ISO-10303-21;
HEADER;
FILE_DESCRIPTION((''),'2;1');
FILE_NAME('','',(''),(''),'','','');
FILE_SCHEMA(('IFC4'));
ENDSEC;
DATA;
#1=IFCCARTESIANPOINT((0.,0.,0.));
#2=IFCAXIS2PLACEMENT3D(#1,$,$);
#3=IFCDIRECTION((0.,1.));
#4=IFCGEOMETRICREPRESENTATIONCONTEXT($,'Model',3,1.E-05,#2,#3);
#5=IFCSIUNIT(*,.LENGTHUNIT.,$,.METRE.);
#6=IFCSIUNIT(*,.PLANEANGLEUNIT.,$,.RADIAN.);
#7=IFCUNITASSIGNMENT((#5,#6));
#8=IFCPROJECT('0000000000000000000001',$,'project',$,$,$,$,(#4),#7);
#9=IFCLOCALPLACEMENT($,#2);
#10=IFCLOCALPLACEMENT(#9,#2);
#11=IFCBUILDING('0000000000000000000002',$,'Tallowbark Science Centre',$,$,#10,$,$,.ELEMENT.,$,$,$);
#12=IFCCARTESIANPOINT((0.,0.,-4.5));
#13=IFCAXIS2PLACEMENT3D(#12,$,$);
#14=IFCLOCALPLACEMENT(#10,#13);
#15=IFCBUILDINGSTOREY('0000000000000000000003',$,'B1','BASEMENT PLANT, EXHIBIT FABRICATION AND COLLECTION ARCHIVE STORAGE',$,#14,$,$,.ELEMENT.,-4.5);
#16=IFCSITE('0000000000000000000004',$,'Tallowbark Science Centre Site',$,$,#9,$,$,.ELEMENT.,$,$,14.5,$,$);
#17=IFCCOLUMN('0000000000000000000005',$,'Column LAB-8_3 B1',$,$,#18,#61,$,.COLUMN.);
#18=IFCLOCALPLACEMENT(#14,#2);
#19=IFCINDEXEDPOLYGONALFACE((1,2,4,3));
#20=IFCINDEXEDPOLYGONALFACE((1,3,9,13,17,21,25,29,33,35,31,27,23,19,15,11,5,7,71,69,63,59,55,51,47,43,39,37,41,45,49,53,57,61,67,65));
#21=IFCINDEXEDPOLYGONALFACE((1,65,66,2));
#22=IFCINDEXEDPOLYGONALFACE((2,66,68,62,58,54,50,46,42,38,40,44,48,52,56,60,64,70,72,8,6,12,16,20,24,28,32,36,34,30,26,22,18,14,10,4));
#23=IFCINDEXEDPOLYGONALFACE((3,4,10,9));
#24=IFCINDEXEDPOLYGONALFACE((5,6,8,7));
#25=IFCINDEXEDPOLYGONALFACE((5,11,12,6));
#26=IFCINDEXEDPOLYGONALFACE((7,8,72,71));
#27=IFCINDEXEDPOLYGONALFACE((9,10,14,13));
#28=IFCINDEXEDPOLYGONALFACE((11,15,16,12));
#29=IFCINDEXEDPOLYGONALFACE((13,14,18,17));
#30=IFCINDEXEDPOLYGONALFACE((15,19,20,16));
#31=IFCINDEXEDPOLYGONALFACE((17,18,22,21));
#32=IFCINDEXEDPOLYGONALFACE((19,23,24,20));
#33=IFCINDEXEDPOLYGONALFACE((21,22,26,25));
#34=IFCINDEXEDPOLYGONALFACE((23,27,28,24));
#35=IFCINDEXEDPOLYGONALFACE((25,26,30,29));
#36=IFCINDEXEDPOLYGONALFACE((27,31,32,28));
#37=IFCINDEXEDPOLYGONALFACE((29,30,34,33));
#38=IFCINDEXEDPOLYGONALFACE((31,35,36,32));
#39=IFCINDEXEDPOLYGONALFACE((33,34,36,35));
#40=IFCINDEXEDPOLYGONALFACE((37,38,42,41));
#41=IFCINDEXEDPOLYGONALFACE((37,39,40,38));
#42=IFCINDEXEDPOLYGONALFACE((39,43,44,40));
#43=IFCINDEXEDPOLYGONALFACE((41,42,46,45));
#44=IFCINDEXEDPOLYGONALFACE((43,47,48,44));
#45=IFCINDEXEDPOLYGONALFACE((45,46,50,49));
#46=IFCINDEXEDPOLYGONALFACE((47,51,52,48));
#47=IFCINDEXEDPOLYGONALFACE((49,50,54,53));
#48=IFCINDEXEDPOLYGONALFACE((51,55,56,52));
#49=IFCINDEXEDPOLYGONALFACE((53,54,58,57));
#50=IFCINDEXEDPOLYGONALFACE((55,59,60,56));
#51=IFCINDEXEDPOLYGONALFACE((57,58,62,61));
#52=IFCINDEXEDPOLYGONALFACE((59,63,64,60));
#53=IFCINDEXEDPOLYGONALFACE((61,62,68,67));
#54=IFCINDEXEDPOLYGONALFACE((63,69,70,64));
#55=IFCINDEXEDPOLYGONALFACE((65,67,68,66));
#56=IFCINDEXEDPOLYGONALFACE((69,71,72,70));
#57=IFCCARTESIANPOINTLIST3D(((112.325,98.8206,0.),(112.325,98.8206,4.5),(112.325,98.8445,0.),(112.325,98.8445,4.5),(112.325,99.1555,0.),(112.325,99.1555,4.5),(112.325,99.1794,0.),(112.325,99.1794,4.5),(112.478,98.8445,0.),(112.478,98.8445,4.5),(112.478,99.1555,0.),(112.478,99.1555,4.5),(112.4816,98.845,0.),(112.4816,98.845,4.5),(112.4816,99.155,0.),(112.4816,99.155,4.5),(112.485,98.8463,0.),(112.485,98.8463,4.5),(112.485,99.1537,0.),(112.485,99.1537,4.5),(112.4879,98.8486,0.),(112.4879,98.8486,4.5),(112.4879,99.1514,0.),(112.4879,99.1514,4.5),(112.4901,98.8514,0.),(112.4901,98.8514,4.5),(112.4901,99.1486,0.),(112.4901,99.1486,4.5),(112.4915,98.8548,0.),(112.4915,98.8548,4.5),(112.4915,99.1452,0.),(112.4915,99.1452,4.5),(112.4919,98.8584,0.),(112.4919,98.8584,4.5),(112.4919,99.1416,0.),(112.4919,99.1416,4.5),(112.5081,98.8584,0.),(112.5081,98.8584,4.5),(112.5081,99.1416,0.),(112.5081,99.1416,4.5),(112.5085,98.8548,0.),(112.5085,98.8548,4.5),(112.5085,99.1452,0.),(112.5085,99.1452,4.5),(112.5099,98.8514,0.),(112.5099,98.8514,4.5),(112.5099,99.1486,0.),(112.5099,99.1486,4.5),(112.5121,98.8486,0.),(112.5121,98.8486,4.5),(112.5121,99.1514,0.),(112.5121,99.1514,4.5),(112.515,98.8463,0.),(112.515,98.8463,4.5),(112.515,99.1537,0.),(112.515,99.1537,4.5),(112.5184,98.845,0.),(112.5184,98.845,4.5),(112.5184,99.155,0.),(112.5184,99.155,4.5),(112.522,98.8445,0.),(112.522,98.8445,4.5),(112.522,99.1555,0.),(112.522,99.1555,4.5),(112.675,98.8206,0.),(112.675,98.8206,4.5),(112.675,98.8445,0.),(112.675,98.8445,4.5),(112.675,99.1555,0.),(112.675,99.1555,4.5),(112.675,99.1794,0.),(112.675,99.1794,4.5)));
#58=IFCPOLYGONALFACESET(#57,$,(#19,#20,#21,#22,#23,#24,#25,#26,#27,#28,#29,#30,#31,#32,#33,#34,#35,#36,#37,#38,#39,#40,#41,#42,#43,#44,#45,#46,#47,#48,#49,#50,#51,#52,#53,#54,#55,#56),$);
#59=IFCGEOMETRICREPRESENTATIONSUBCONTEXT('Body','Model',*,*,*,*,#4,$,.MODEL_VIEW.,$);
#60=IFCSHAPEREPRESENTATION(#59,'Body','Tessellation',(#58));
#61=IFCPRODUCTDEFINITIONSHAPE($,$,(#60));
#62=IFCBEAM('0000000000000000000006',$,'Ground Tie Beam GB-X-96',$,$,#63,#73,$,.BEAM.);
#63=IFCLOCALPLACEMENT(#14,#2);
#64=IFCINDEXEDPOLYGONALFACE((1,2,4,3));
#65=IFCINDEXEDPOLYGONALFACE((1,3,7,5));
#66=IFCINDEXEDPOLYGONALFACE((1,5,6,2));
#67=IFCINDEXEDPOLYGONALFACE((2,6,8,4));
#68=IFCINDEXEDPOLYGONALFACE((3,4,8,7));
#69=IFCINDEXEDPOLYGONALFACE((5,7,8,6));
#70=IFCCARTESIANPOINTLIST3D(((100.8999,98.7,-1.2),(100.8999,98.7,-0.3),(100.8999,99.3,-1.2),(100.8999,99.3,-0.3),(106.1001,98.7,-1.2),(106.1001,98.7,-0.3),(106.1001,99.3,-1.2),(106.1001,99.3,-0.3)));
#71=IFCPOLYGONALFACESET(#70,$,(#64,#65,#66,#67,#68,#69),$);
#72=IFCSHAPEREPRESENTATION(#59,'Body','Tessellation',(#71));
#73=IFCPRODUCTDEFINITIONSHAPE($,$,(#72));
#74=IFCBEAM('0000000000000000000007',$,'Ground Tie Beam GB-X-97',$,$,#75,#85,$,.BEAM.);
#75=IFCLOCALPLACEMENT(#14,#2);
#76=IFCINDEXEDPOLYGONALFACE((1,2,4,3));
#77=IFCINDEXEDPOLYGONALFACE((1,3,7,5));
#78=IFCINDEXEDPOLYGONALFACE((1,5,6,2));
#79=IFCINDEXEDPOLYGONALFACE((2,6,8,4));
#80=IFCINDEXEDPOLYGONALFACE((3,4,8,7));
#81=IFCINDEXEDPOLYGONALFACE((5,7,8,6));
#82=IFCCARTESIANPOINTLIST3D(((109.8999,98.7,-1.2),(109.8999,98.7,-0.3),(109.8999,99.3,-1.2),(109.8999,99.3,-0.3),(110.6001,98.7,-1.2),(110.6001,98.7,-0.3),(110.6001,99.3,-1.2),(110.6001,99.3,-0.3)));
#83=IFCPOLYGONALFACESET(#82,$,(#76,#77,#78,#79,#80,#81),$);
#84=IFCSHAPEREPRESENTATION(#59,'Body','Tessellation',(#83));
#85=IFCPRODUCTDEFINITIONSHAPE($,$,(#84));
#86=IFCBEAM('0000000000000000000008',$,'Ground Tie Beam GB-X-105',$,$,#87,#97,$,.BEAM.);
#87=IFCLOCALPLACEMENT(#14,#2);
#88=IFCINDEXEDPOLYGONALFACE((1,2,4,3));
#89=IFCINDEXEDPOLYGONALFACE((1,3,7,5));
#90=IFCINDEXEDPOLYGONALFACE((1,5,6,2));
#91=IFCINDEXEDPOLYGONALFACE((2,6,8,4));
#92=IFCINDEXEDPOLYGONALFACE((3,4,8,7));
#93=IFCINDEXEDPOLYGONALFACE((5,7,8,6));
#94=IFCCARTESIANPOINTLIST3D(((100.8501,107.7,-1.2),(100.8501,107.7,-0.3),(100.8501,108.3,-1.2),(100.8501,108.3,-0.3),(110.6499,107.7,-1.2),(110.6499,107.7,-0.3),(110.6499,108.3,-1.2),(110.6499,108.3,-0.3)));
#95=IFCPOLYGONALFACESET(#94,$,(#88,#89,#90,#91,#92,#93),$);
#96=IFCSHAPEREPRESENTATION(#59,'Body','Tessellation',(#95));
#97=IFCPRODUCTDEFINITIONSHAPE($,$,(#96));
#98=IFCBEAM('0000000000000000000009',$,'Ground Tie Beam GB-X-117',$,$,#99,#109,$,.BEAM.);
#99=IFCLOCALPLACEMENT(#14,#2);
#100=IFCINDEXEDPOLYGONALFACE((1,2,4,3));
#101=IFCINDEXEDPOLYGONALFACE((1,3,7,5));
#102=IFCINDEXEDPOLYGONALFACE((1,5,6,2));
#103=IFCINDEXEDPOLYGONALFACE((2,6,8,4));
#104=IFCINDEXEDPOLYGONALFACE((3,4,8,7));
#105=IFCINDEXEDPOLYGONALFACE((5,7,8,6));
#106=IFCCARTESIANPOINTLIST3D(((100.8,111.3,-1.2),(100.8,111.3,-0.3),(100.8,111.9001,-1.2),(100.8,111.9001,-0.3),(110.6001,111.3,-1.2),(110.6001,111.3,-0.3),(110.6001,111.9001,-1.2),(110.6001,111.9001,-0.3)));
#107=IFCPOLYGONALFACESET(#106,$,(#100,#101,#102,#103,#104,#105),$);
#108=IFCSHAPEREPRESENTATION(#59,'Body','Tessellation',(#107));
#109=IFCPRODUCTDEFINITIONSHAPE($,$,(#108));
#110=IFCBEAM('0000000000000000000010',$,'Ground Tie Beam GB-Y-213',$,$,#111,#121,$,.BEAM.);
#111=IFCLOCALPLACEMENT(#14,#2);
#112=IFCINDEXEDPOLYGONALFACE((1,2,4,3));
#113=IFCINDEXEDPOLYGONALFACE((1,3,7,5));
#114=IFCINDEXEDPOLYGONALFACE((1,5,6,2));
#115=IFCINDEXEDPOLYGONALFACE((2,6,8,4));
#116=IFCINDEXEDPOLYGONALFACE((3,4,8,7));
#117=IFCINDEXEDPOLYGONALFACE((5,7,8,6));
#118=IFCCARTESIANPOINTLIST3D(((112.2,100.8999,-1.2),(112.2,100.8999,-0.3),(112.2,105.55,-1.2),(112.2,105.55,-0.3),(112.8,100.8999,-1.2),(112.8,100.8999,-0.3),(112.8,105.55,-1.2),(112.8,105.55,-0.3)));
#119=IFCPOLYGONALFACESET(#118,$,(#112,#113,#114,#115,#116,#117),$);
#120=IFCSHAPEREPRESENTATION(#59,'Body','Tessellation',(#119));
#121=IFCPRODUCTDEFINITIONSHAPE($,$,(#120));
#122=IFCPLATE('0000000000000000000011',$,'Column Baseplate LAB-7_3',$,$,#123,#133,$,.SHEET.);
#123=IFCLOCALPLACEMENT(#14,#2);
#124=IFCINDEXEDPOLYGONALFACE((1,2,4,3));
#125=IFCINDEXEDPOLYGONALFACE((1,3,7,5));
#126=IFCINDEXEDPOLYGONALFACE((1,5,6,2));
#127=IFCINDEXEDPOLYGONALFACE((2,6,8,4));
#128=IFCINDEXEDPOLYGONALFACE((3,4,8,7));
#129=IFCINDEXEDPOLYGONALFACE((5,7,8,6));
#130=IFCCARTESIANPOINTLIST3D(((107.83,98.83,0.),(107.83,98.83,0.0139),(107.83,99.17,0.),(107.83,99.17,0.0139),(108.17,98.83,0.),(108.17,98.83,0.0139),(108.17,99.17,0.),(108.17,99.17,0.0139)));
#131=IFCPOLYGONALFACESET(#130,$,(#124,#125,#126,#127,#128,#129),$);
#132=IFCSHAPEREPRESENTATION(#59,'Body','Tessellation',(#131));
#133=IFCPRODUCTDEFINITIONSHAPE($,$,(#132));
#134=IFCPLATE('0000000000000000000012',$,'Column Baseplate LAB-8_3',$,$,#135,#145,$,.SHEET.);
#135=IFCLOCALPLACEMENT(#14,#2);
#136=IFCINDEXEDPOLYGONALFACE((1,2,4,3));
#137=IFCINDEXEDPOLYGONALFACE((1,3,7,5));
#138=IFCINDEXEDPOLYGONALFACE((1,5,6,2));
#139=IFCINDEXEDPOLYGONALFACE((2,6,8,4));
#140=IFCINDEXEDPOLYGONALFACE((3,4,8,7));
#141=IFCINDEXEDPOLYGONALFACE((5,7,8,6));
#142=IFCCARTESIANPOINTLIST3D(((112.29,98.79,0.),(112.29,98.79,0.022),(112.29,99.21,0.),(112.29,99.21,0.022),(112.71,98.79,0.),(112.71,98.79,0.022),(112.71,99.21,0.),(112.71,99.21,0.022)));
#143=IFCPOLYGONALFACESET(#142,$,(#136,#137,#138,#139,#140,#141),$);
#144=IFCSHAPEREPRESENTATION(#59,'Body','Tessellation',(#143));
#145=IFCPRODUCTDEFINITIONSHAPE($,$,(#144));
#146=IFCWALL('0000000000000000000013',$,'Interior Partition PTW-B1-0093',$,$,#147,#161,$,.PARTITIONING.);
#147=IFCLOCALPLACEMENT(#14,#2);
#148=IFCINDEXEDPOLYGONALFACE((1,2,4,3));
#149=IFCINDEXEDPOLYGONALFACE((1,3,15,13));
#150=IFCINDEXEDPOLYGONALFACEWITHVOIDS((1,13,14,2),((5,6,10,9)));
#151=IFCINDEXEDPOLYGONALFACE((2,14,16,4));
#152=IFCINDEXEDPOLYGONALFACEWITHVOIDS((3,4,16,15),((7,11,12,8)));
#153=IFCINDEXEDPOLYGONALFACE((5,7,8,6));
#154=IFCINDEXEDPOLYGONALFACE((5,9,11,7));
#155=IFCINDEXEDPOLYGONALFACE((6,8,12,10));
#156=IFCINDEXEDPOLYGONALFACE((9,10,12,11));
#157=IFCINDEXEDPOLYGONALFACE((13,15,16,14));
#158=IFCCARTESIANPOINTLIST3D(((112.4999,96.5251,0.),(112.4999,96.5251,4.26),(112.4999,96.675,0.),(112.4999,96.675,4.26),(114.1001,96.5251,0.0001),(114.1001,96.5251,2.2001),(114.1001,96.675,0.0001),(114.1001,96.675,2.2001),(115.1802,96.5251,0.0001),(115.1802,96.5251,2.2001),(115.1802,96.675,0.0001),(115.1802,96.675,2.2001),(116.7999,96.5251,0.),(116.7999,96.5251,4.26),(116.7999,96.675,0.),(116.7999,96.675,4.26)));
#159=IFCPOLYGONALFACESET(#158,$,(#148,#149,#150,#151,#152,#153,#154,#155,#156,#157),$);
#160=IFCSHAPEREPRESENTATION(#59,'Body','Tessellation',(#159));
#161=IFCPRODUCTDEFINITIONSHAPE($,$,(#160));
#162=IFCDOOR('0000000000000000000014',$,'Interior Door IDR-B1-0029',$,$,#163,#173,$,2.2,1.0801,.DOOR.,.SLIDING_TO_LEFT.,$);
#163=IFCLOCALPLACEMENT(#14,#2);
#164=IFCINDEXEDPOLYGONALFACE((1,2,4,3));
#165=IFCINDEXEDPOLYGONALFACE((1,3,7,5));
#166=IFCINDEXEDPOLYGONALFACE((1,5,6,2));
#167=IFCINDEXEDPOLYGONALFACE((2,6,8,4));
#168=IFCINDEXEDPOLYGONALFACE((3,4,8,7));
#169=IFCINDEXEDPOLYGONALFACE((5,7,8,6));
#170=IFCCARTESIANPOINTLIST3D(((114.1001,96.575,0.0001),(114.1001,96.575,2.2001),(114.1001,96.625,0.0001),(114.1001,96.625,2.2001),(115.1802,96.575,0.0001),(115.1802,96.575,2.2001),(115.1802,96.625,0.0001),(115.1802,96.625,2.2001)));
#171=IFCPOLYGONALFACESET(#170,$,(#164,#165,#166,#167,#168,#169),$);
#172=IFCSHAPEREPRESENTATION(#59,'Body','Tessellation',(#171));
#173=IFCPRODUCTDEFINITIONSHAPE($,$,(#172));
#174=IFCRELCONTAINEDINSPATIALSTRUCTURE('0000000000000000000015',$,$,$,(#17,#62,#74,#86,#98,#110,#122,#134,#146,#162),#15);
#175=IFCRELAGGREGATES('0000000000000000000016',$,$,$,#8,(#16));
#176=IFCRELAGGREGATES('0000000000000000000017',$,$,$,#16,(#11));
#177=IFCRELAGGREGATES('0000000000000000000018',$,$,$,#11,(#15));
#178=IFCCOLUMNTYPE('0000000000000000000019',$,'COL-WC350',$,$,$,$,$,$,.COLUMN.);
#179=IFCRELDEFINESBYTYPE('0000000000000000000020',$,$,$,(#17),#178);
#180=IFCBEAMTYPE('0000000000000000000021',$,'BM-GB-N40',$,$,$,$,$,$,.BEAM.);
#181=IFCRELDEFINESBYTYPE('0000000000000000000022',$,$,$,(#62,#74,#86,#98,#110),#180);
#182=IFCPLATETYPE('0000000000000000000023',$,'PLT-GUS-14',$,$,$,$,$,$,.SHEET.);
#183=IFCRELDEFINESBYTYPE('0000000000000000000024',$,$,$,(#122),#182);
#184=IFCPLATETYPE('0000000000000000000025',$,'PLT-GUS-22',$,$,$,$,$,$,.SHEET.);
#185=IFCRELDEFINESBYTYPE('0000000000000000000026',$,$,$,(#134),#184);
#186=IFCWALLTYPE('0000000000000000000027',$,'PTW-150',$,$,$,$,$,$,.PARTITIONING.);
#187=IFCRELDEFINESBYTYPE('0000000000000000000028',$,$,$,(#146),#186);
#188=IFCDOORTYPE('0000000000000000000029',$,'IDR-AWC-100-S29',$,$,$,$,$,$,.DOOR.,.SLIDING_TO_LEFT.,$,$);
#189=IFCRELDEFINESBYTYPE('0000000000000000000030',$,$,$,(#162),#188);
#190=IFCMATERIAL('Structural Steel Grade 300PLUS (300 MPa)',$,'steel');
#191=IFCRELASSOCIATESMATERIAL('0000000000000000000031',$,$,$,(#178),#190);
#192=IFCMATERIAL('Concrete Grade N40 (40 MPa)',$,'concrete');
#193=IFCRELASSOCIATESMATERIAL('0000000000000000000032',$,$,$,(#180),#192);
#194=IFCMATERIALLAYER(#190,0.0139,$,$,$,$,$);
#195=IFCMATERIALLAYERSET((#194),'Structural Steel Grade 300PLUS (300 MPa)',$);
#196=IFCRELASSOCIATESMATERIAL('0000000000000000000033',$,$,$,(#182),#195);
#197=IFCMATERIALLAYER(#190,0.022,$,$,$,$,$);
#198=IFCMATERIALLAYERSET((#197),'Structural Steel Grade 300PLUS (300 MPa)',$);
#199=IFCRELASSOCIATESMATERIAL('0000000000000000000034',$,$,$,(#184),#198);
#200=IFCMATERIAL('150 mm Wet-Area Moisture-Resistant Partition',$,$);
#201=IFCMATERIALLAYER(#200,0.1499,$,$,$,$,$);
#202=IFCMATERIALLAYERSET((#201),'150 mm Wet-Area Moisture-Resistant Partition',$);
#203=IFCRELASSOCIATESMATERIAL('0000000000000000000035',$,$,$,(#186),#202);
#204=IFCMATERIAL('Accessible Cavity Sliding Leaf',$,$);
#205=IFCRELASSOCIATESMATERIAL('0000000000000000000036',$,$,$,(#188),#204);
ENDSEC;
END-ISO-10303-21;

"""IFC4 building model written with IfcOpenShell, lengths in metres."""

from ifc_helpers import new_model, si_unit, direction, frame, frame_2d, origin, origin_2d, place, context, subcontext, project, spatial, rectangle, i_section, extrude, material, layer, layer_set, material_profile, profile_set, type_object, element, fill, save


model = new_model("IFC4")

# Units and contexts
model_context = context("Model", 3, precision=1e-05, world=origin(), true_north=direction((0.0, 1.0)))
body_context = subcontext(model_context, "Body", "Model", "MODEL_VIEW")
ifc_project = project(units=[si_unit("LENGTHUNIT", "METRE"), si_unit("PLANEANGLEUNIT", "RADIAN")], contexts=[model_context])

# Site, building, storey
site_placement = place(None, origin())
site = spatial("IfcSite", under=ifc_project, at=site_placement, Name="Tallowbark Science Centre Site", CompositionType="ELEMENT", RefElevation=14.5)
building_placement = place(site_placement, origin())
building = spatial("IfcBuilding", under=site, at=building_placement, Name="Tallowbark Science Centre", CompositionType="ELEMENT")
storey_placement = place(building_placement, frame((0.0, 0.0, -4.5)))
storey = spatial("IfcBuildingStorey", under=building, at=storey_placement, Name="B1", Description="BASEMENT PLANT, EXHIBIT FABRICATION AND COLLECTION ARCHIVE STORAGE", CompositionType="ELEMENT", Elevation=-4.5)

# Shared definitions
ifc_material_1 = material(Name="Concrete Grade N40 (40 MPa)", Category="concrete")

# Column
ifc_material_2 = material(Name="Structural Steel Grade 300PLUS (300 MPa)", Category="steel")
ifc_material_profile_1 = material_profile(ifc_material_2, i_section(OverallWidth=0.3501, OverallDepth=0.3589, WebThickness=0.0161, FlangeThickness=0.0239, FilletRadius=0.0139, at=origin_2d()), Name="350WC197")
ifc_profile_set_1 = profile_set([ifc_material_profile_1], Name="Structural Steel Grade 300PLUS (300 MPa)")
column_type = type_object("IfcColumnType", Name="COL-WC350", PredefinedType="COLUMN", material=ifc_profile_set_1)
for number, where, z_axis, x_axis, name in (
    (1, (112.5, 99.0, 0.0), (0.0, 0.0, 1.0), (1.0, 0.0, 0.0), "Column LAB-8_3 B1"),
):
    element("IfcColumn", number, at=place(storey_placement, frame(where, z_axis=z_axis, x_axis=x_axis)), inside=storey, type_object=column_type, Name=name, PredefinedType="COLUMN", context=body_context, shape_type="SweptSolid", body=[
        extrude(i_section(OverallWidth=0.3501, OverallDepth=0.3589, WebThickness=0.0161, FlangeThickness=0.0239, FilletRadius=0.0139, at=origin_2d()), origin(), (0.0, 0.0, 1.0), 4.5),
    ])

# Beams
ifc_material_profile_2 = material_profile(ifc_material_1, rectangle(XDim=0.6001, YDim=0.8999, at=origin_2d()), Name="RC600x900")
ifc_profile_set_2 = profile_set([ifc_material_profile_2], Name="Concrete Grade N40 (40 MPa)")
beam_type = type_object("IfcBeamType", Name="BM-GB-N40", PredefinedType="BEAM", material=ifc_profile_set_2)
beam_1_placement = place(storey_placement, frame((100.8999, 99.0, -0.75), z_axis=(1.0, 0.0, 0.0), x_axis=(0.0, 1.0, 0.0)))
element("IfcBeam", 2, at=beam_1_placement, inside=storey, type_object=beam_type, Name="Ground Tie Beam GB-X-96", PredefinedType="BEAM", context=body_context, shape_type="SweptSolid", body=[
    extrude(rectangle(XDim=0.6001, YDim=0.8999, at=origin_2d()), origin(), (0.0, 0.0, 1.0), 5.2002),
])
beam_2_placement = place(storey_placement, frame((109.8999, 99.0, -0.75), z_axis=(1.0, 0.0, 0.0), x_axis=(0.0, 1.0, 0.0)))
element("IfcBeam", 3, at=beam_2_placement, inside=storey, type_object=beam_type, Name="Ground Tie Beam GB-X-97", PredefinedType="BEAM", context=body_context, shape_type="SweptSolid", body=[
    extrude(rectangle(XDim=0.6001, YDim=0.8999, at=origin_2d()), origin(), (0.0, 0.0, 1.0), 0.7002),
])
beam_3_placement = place(storey_placement, frame((100.8501, 108.0, -0.75), z_axis=(1.0, 0.0, 0.0), x_axis=(0.0, 1.0, 0.0)))
element("IfcBeam", 4, at=beam_3_placement, inside=storey, type_object=beam_type, Name="Ground Tie Beam GB-X-105", PredefinedType="BEAM", context=body_context, shape_type="SweptSolid", body=[
    extrude(rectangle(XDim=0.6001, YDim=0.8999, at=origin_2d()), origin(), (0.0, 0.0, 1.0), 9.7998),
])
beam_4_placement = place(storey_placement, frame((100.8, 111.6001, -0.75), z_axis=(1.0, 0.0, 0.0), x_axis=(0.0, 1.0, 0.0)))
element("IfcBeam", 5, at=beam_4_placement, inside=storey, type_object=beam_type, Name="Ground Tie Beam GB-X-117", PredefinedType="BEAM", context=body_context, shape_type="SweptSolid", body=[
    extrude(rectangle(XDim=0.6001, YDim=0.8999, at=origin_2d()), origin(), (0.0, 0.0, 1.0), 9.8),
])
beam_5_placement = place(storey_placement, frame((112.5, 100.8999, -0.75), z_axis=(0.0, 1.0, 0.0), x_axis=(-1.0, 0.0, 0.0)))
element("IfcBeam", 6, at=beam_5_placement, inside=storey, type_object=beam_type, Name="Ground Tie Beam GB-Y-213", PredefinedType="BEAM", context=body_context, shape_type="SweptSolid", body=[
    extrude(rectangle(XDim=0.6001, YDim=0.8999, at=origin_2d()), origin(), (0.0, 0.0, 1.0), 4.6501),
])

# Plates
ifc_layer_1 = layer(ifc_material_2, 0.0139)
ifc_layer_set_1 = layer_set([ifc_layer_1], Name="Structural Steel Grade 300PLUS (300 MPa)")
plate_type_1 = type_object("IfcPlateType", Name="PLT-GUS-14", PredefinedType="SHEET", material=ifc_layer_set_1)
plate_1_placement = place(storey_placement, frame((108.0, 99.0, 0.0), z_axis=(0.0, 0.0, 1.0), x_axis=(1.0, 0.0, 0.0)))
element("IfcPlate", 7, at=plate_1_placement, inside=storey, type_object=plate_type_1, Name="Column Baseplate LAB-7_3", PredefinedType="SHEET", context=body_context, shape_type="SweptSolid", body=[
    extrude(rectangle(XDim=0.3401, YDim=0.3401, at=origin_2d()), origin(), (0.0, 0.0, 1.0), 0.0139),
])
ifc_layer_2 = layer(ifc_material_2, 0.022)
ifc_layer_set_2 = layer_set([ifc_layer_2], Name="Structural Steel Grade 300PLUS (300 MPa)")
plate_type_2 = type_object("IfcPlateType", Name="PLT-GUS-22", PredefinedType="SHEET", material=ifc_layer_set_2)
plate_2_placement = place(storey_placement, frame((112.5, 99.0, 0.0), z_axis=(0.0, 0.0, 1.0), x_axis=(1.0, 0.0, 0.0)))
element("IfcPlate", 8, at=plate_2_placement, inside=storey, type_object=plate_type_2, Name="Column Baseplate LAB-8_3", PredefinedType="SHEET", context=body_context, shape_type="SweptSolid", body=[
    extrude(rectangle(XDim=0.4199, YDim=0.4199, at=origin_2d()), origin(), (0.0, 0.0, 1.0), 0.022),
])

# Wall, opening, door
ifc_material_3 = material(Name="150 mm Wet-Area Moisture-Resistant Partition")
ifc_layer_3 = layer(ifc_material_3, 0.1499)
ifc_layer_set_3 = layer_set([ifc_layer_3], Name="150 mm Wet-Area Moisture-Resistant Partition")
wall_type_1 = type_object("IfcWallType", Name="PTW-150", PredefinedType="PARTITIONING", material=ifc_layer_set_3)
wall_1_placement = place(storey_placement, frame((112.5, 96.6001, 0.0), z_axis=(0.0, 0.0, 1.0), x_axis=(1.0, 0.0, 0.0)))
wall_1 = element("IfcWall", 9, at=wall_1_placement, inside=storey, type_object=wall_type_1, Name="Interior Partition PTW-B1-0093", PredefinedType="PARTITIONING", context=body_context, shape_type="SweptSolid", body=[
    extrude(rectangle(XDim=4.3, YDim=0.1499, at=frame_2d((2.1499, 0.0))), origin(), (0.0, 0.0, 1.0), 4.26),
])
opening_placement = place(wall_1_placement, frame((1.6001, 0.0, 0.0)))
opening = element("IfcOpeningElement", 10, at=opening_placement, cuts=wall_1, PredefinedType="OPENING", context=body_context, shape_type="SweptSolid", body=[
    extrude(rectangle(XDim=1.0801, YDim=2.2, at=frame_2d((0.54, 1.1001))), frame((0.0, 0.085, 0.0), z_axis=(0.0, -1.0, 0.0), x_axis=(1.0, 0.0, 0.0)), (0.0, 0.0, 1.0), 0.1699),
])
ifc_material_4 = material(Name="Accessible Cavity Sliding Leaf")
door_type = type_object("IfcDoorType", Name="IDR-AWC-100-S29", OperationType="SLIDING_TO_LEFT", PredefinedType="DOOR", material=ifc_material_4)
door_placement = place(opening_placement, origin())
door = element("IfcDoor", 11, at=door_placement, inside=storey, type_object=door_type, Name="Interior Door IDR-B1-0029", OperationType="SLIDING_TO_LEFT", OverallHeight=2.2, OverallWidth=1.0801, PredefinedType="DOOR", context=body_context, shape_type="SweptSolid", body=[
    extrude(rectangle(XDim=1.0801, YDim=2.2, at=frame_2d((0.54, 1.1001))), frame((0.0, 0.0249, 0.0), z_axis=(0.0, -1.0, 0.0), x_axis=(1.0, 0.0, 0.0)), (0.0, 0.0, 1.0), 0.05),
])
fill(opening, door)

save(model, "model.ifc")
